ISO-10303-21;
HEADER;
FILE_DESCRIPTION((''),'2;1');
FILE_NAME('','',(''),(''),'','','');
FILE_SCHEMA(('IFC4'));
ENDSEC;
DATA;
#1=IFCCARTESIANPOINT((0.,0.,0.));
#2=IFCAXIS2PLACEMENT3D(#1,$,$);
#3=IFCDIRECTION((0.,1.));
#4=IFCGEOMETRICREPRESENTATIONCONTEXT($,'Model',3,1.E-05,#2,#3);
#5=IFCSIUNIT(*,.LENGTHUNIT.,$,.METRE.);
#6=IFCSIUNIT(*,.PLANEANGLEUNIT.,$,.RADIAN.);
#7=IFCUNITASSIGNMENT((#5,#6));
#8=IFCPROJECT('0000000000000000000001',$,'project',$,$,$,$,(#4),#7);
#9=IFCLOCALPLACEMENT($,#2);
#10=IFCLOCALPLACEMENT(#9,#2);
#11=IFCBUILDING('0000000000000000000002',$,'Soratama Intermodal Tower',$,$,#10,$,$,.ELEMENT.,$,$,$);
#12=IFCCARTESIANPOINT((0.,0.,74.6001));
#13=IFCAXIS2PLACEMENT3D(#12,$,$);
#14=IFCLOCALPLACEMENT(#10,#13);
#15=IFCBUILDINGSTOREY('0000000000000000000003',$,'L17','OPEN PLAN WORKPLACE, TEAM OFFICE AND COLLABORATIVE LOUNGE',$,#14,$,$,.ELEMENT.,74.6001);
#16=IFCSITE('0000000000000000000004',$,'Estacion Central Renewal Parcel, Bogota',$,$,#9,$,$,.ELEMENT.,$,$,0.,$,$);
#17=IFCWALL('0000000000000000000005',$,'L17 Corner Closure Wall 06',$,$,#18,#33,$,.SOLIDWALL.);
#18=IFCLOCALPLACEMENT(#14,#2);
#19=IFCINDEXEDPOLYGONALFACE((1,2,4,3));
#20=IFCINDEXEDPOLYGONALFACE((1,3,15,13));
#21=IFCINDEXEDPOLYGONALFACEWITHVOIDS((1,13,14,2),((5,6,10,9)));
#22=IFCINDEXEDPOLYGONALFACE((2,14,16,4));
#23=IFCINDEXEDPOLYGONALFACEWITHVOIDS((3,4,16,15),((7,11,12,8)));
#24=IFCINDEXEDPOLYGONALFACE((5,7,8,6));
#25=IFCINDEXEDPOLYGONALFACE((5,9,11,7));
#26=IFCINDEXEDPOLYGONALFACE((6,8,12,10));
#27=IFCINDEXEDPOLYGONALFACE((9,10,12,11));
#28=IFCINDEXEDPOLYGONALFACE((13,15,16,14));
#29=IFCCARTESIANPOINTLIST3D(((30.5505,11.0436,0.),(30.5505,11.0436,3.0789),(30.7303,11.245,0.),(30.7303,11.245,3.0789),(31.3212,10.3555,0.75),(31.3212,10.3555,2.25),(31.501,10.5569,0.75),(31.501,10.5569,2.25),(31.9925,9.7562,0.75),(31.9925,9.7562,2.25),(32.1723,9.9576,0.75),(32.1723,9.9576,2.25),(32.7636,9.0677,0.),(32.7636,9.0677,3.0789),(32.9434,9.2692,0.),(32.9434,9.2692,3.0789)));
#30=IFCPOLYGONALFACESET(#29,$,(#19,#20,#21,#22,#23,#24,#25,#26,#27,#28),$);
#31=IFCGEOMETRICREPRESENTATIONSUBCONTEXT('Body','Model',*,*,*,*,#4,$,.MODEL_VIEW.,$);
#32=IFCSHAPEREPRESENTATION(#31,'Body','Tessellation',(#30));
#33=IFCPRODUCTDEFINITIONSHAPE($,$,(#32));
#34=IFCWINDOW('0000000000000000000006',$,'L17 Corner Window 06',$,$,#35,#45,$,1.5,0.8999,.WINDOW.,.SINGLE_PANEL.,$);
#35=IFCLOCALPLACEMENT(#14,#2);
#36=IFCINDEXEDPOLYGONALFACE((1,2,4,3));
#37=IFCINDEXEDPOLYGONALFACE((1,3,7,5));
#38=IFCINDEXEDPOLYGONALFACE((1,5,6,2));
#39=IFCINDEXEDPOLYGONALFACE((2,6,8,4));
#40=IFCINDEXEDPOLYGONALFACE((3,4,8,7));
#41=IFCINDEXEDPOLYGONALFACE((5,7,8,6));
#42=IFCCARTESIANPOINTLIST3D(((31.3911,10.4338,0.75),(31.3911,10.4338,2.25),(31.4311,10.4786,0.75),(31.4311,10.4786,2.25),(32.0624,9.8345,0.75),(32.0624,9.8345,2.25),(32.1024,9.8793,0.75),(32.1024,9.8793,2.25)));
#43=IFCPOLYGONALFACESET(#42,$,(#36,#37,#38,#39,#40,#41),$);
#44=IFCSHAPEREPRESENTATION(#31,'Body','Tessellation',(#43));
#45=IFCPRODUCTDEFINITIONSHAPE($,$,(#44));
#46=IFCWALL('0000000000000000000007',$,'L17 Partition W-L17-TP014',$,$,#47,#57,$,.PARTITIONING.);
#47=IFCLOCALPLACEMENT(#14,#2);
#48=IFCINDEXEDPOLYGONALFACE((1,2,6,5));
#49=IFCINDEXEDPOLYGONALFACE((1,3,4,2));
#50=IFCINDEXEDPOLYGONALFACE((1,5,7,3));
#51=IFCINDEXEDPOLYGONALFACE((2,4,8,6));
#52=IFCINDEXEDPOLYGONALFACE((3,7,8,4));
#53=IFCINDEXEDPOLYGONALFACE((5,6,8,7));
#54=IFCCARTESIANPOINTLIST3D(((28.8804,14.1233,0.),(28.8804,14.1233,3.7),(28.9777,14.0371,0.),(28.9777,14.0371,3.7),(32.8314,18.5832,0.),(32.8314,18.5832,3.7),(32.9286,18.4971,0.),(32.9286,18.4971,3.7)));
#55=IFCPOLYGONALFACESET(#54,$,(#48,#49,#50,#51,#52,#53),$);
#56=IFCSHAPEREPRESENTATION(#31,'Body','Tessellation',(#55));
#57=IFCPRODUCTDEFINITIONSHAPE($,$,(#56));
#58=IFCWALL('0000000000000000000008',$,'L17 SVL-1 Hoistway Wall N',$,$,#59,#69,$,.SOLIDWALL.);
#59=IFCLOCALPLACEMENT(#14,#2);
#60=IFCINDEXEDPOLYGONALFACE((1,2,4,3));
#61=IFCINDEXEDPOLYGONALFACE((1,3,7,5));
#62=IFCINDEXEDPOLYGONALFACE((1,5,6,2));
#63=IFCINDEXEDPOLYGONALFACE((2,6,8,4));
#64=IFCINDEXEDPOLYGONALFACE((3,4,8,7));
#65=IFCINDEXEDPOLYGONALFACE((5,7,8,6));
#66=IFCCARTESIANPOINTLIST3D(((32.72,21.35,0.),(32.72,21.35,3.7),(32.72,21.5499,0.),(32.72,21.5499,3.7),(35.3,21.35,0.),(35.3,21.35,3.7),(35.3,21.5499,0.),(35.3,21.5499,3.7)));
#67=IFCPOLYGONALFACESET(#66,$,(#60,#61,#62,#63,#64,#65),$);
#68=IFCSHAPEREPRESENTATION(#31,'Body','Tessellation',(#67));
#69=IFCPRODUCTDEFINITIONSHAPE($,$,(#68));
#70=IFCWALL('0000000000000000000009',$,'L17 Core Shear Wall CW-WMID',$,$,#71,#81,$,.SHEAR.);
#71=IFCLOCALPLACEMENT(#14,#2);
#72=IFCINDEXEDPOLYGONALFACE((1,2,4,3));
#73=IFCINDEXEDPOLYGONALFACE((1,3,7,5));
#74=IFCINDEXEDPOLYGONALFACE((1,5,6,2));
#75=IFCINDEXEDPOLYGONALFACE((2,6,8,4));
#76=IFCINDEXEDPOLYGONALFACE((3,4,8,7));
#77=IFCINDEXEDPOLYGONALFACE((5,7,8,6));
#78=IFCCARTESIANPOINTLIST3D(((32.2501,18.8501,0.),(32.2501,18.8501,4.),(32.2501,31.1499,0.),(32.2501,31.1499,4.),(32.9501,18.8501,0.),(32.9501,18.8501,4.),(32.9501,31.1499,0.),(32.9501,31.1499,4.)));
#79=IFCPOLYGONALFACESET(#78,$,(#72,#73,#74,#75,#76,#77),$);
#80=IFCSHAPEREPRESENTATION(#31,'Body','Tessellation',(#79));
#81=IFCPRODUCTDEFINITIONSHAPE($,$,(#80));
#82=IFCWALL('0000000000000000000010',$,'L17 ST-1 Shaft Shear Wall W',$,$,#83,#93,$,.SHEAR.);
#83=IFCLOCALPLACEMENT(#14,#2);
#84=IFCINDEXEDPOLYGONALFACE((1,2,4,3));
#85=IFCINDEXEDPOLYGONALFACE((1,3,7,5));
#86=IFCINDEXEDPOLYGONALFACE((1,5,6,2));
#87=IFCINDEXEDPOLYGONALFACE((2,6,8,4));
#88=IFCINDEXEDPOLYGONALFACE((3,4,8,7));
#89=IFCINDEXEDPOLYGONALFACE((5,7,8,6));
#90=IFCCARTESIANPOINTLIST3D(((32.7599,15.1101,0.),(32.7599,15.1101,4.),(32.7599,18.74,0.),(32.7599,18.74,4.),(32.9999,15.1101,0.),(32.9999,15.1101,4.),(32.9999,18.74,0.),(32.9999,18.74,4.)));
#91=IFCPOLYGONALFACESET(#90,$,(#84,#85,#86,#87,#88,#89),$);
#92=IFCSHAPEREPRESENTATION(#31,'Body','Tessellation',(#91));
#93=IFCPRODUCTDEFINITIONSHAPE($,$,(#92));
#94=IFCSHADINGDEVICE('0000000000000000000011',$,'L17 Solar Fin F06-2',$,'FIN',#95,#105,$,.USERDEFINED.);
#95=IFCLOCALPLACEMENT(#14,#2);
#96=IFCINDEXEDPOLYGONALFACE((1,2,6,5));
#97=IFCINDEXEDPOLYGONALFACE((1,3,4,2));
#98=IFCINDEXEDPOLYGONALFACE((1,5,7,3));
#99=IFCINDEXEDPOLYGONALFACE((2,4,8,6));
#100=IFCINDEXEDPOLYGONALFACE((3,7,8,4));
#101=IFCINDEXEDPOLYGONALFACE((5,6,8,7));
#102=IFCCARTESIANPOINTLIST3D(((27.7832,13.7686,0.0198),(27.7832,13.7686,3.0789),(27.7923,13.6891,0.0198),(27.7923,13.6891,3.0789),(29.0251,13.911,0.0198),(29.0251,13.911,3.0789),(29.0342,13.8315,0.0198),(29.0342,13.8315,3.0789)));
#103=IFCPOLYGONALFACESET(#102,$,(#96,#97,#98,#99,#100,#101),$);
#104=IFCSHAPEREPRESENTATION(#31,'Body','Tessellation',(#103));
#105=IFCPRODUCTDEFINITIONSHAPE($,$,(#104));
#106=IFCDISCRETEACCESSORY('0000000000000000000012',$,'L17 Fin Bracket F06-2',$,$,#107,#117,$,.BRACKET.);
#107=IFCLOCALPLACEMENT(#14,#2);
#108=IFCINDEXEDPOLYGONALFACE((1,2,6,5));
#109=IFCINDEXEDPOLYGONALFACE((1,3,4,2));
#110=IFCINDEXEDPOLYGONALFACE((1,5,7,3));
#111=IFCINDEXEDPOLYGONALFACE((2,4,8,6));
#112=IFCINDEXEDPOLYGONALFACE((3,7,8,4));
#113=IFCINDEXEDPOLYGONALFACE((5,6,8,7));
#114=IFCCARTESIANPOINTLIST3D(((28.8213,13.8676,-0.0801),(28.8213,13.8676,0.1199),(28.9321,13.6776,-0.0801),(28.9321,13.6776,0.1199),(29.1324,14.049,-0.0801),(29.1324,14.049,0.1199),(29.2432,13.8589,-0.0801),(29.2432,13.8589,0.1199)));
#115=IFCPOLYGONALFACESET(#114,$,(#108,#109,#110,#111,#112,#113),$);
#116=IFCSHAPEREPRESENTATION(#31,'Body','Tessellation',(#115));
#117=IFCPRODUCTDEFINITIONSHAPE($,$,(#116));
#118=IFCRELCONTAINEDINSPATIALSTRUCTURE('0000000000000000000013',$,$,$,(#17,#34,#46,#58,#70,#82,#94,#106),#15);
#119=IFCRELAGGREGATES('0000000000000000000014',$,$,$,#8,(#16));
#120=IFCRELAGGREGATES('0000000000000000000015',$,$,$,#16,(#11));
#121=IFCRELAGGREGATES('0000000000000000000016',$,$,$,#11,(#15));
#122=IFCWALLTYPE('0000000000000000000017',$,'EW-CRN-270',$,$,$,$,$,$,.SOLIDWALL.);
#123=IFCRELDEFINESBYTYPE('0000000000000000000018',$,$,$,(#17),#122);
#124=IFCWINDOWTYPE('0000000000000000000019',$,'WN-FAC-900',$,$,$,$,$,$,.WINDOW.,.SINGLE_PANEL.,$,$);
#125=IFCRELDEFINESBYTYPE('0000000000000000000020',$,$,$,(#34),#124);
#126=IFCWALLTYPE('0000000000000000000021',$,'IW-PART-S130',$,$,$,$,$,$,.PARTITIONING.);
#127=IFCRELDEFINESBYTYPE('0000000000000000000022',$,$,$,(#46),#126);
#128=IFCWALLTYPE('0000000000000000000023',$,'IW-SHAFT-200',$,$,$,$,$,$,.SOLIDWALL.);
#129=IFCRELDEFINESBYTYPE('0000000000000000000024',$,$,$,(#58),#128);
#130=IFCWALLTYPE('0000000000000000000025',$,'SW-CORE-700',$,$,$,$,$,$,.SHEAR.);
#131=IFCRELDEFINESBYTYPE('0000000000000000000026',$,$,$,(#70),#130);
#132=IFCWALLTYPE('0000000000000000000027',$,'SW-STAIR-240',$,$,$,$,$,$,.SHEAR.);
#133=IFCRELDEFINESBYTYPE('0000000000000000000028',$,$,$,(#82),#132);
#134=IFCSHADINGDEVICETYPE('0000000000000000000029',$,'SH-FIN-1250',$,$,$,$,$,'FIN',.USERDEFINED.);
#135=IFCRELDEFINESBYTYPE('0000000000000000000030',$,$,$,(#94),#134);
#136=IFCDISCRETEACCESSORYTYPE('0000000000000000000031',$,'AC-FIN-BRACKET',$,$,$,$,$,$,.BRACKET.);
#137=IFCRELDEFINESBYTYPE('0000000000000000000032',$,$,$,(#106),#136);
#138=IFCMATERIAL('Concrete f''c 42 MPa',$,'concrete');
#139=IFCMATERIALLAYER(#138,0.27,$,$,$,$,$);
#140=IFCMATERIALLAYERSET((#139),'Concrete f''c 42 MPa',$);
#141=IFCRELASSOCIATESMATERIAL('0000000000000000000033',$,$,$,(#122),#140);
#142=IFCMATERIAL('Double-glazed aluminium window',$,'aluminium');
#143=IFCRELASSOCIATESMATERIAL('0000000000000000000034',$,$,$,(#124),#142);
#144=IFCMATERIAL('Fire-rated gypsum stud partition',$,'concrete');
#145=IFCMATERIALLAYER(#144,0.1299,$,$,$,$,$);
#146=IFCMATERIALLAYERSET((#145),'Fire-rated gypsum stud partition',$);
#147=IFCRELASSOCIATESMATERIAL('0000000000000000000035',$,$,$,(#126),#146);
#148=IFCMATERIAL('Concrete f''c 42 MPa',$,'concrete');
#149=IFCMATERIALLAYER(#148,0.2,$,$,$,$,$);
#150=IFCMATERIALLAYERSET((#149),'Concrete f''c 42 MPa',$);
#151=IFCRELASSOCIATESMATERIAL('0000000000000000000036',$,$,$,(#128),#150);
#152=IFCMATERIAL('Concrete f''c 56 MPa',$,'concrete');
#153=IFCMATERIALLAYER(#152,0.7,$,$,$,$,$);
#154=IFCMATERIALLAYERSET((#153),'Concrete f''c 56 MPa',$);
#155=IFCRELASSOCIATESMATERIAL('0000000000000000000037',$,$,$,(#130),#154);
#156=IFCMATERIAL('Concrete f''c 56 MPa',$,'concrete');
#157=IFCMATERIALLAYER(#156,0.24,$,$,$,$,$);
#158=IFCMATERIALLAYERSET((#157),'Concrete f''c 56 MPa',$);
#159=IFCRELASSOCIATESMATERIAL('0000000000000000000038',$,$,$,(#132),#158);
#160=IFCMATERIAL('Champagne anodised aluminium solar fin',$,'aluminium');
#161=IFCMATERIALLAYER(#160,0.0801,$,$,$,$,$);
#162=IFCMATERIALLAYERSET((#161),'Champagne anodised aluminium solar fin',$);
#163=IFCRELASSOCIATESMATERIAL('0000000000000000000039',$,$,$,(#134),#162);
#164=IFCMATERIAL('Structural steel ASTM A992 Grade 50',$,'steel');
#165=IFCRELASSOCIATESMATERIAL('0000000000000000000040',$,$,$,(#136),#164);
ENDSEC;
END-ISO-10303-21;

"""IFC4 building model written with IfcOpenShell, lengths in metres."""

from ifc_helpers import new_model, si_unit, direction, frame, frame_2d, origin, origin_2d, place, context, subcontext, project, spatial, rectangle, extrude, material, layer, layer_set, type_object, element, fill, save


model = new_model("IFC4")

# Units and contexts
model_context = context("Model", 3, precision=1e-05, world=origin(), true_north=direction((0.0, 1.0)))
body_context = subcontext(model_context, "Body", "Model", "MODEL_VIEW")
ifc_project = project(units=[si_unit("LENGTHUNIT", "METRE"), si_unit("PLANEANGLEUNIT", "RADIAN")], contexts=[model_context])

# Site, building, storey
site_placement = place(None, origin())
site = spatial("IfcSite", under=ifc_project, at=site_placement, Name="Estacion Central Renewal Parcel, Bogota", CompositionType="ELEMENT", RefElevation=0.0)
building_placement = place(site_placement, origin())
building = spatial("IfcBuilding", under=site, at=building_placement, Name="Soratama Intermodal Tower", CompositionType="ELEMENT")
storey_placement = place(building_placement, frame((0.0, 0.0, 74.6001)))
storey = spatial("IfcBuildingStorey", under=building, at=storey_placement, Name="L17", Description="OPEN PLAN WORKPLACE, TEAM OFFICE AND COLLABORATIVE LOUNGE", CompositionType="ELEMENT", Elevation=74.6001)

# Wall, opening, window
ifc_material_1 = material(Name="Concrete f'c 42 MPa", Category="concrete")
ifc_layer_1 = layer(ifc_material_1, 0.27)
ifc_layer_set_1 = layer_set([ifc_layer_1], Name="Concrete f'c 42 MPa")
wall_type_1 = type_object("IfcWallType", Name="EW-CRN-270", PredefinedType="SOLIDWALL", material=ifc_layer_set_1)
wall_1_placement = place(storey_placement, frame((30.6404, 11.1443, 0.0), z_axis=(0.0, 0.0, 1.0), x_axis=(0.745968, -0.665981, 0.0)))
wall_1 = element("IfcWall", 1, at=wall_1_placement, inside=storey, type_object=wall_type_1, Name="L17 Corner Closure Wall 06", PredefinedType="SOLIDWALL", context=body_context, shape_type="SweptSolid", body=[
    extrude(rectangle(XDim=2.9668, YDim=0.27, at=frame_2d((1.4834, 0.0))), origin(), (0.0, 0.0, 1.0), 3.0789),
])
opening_1_placement = place(wall_1_placement, frame((1.0332, 0.0, 0.75)))
opening_1 = element("IfcOpeningElement", 2, at=opening_1_placement, cuts=wall_1, PredefinedType="OPENING", context=body_context, shape_type="SweptSolid", body=[
    extrude(rectangle(XDim=0.8999, YDim=1.5, at=frame_2d((0.45, 0.75))), frame((0.0, 0.145, 0.0), z_axis=(0.0, -1.0, 0.0), x_axis=(1.0, 0.0, 0.0)), (0.0, 0.0, 1.0), 0.29),
])
ifc_material_2 = material(Name="Double-glazed aluminium window", Category="aluminium")
window_type = type_object("IfcWindowType", Name="WN-FAC-900", PartitioningType="SINGLE_PANEL", PredefinedType="WINDOW", material=ifc_material_2)
window_placement = place(opening_1_placement, origin())
window = element("IfcWindow", 3, at=window_placement, inside=storey, type_object=window_type, Name="L17 Corner Window 06", OverallHeight=1.5, OverallWidth=0.8999, PartitioningType="SINGLE_PANEL", PredefinedType="WINDOW", context=body_context, shape_type="SweptSolid", body=[
    extrude(rectangle(XDim=0.8999, YDim=1.5, at=frame_2d((0.45, 0.75))), frame((0.0, 0.03, 0.0), z_axis=(0.0, -1.0, 0.0), x_axis=(1.0, 0.0, 0.0)), (0.0, 0.0, 1.0), 0.0601),
])
fill(opening_1, window)

# Walls
ifc_material_3 = material(Name="Fire-rated gypsum stud partition", Category="concrete")
ifc_layer_2 = layer(ifc_material_3, 0.1299)
ifc_layer_set_2 = layer_set([ifc_layer_2], Name="Fire-rated gypsum stud partition")
wall_type_2 = type_object("IfcWallType", Name="IW-PART-S130", PredefinedType="PARTITIONING", material=ifc_layer_set_2)
wall_2_placement = place(storey_placement, frame((32.8799, 18.54, 0.0), z_axis=(0.0, 0.0, 1.0), x_axis=(-0.663099, -0.748532, 0.0)))
element("IfcWall", 4, at=wall_2_placement, inside=storey, type_object=wall_type_2, Name="L17 Partition W-L17-TP014", PredefinedType="PARTITIONING", context=body_context, shape_type="SweptSolid", body=[
    extrude(rectangle(XDim=5.9583, YDim=0.1299, at=frame_2d((2.979, 0.0))), origin(), (0.0, 0.0, 1.0), 3.7),
])
ifc_material_4 = material(Name="Concrete f'c 42 MPa", Category="concrete")
ifc_layer_3 = layer(ifc_material_4, 0.2)
ifc_layer_set_3 = layer_set([ifc_layer_3], Name="Concrete f'c 42 MPa")
wall_type_3 = type_object("IfcWallType", Name="IW-SHAFT-200", PredefinedType="SOLIDWALL", material=ifc_layer_set_3)
wall_3_placement = place(storey_placement, frame((32.72, 21.45, 0.0), z_axis=(0.0, 0.0, 1.0), x_axis=(1.0, 0.0, 0.0)))
element("IfcWall", 5, at=wall_3_placement, inside=storey, type_object=wall_type_3, Name="L17 SVL-1 Hoistway Wall N", PredefinedType="SOLIDWALL", context=body_context, shape_type="SweptSolid", body=[
    extrude(rectangle(XDim=2.5801, YDim=0.2, at=frame_2d((1.29, 0.0))), origin(), (0.0, 0.0, 1.0), 3.7),
])
ifc_material_5 = material(Name="Concrete f'c 56 MPa", Category="concrete")
ifc_layer_4 = layer(ifc_material_5, 0.7)
ifc_layer_set_4 = layer_set([ifc_layer_4], Name="Concrete f'c 56 MPa")
wall_type_4 = type_object("IfcWallType", Name="SW-CORE-700", PredefinedType="SHEAR", material=ifc_layer_set_4)
wall_4_placement = place(storey_placement, frame((32.6001, 18.8501, 0.0), z_axis=(0.0, 0.0, 1.0), x_axis=(0.0, 1.0, 0.0)))
element("IfcWall", 6, at=wall_4_placement, inside=storey, type_object=wall_type_4, Name="L17 Core Shear Wall CW-WMID", PredefinedType="SHEAR", context=body_context, shape_type="SweptSolid", body=[
    extrude(rectangle(XDim=12.2998, YDim=0.7, at=frame_2d((6.1499, 0.0))), origin(), (0.0, 0.0, 1.0), 4.0),
])
ifc_material_6 = material(Name="Concrete f'c 56 MPa", Category="concrete")
ifc_layer_5 = layer(ifc_material_6, 0.24)
ifc_layer_set_5 = layer_set([ifc_layer_5], Name="Concrete f'c 56 MPa")
wall_type_5 = type_object("IfcWallType", Name="SW-STAIR-240", PredefinedType="SHEAR", material=ifc_layer_set_5)
wall_5_placement = place(storey_placement, frame((32.8799, 15.1101, 0.0), z_axis=(0.0, 0.0, 1.0), x_axis=(0.0, 1.0, 0.0)))
element("IfcWall", 7, at=wall_5_placement, inside=storey, type_object=wall_type_5, Name="L17 ST-1 Shaft Shear Wall W", PredefinedType="SHEAR", context=body_context, shape_type="SweptSolid", body=[
    extrude(rectangle(XDim=3.6299, YDim=0.24, at=frame_2d((1.8149, 0.0))), origin(), (0.0, 0.0, 1.0), 4.0),
])

# Shading device
ifc_material_7 = material(Name="Champagne anodised aluminium solar fin", Category="aluminium")
ifc_layer_6 = layer(ifc_material_7, 0.0801)
ifc_layer_set_6 = layer_set([ifc_layer_6], Name="Champagne anodised aluminium solar fin")
shading_device_type = type_object("IfcShadingDeviceType", Name="SH-FIN-1250", ElementType="FIN", PredefinedType="USERDEFINED", material=ifc_layer_set_6)
shading_device_placement = place(storey_placement, frame((28.4087, 13.8, 0.0198), z_axis=(0.0, 0.0, 1.0), x_axis=(-0.993493, -0.113897, 0.0)))
element("IfcShadingDevice", 8, at=shading_device_placement, inside=storey, type_object=shading_device_type, Name="L17 Solar Fin F06-2", ObjectType="FIN", PredefinedType="USERDEFINED", context=body_context, shape_type="SweptSolid", body=[
    extrude(rectangle(XDim=1.25, YDim=0.0801, at=origin_2d()), origin(), (0.0, 0.0, 1.0), 3.0591),
])

# Discrete accessory
ifc_material_8 = material(Name="Structural steel ASTM A992 Grade 50", Category="steel")
discrete_accessory_type = type_object("IfcDiscreteAccessoryType", Name="AC-FIN-BRACKET", PredefinedType="BRACKET", material=ifc_material_8)
discrete_accessory_placement = place(storey_placement, frame((29.0322, 13.8633, -0.0801), z_axis=(0.0, 0.0, 1.0), x_axis=(-0.863923, -0.503623, 0.0)))
element("IfcDiscreteAccessory", 9, at=discrete_accessory_placement, inside=storey, type_object=discrete_accessory_type, Name="L17 Fin Bracket F06-2", PredefinedType="BRACKET", context=body_context, shape_type="SweptSolid", body=[
    extrude(rectangle(XDim=0.3601, YDim=0.22, at=origin_2d()), origin(), (0.0, 0.0, 1.0), 0.2),
])

save(model, "model.ifc")
